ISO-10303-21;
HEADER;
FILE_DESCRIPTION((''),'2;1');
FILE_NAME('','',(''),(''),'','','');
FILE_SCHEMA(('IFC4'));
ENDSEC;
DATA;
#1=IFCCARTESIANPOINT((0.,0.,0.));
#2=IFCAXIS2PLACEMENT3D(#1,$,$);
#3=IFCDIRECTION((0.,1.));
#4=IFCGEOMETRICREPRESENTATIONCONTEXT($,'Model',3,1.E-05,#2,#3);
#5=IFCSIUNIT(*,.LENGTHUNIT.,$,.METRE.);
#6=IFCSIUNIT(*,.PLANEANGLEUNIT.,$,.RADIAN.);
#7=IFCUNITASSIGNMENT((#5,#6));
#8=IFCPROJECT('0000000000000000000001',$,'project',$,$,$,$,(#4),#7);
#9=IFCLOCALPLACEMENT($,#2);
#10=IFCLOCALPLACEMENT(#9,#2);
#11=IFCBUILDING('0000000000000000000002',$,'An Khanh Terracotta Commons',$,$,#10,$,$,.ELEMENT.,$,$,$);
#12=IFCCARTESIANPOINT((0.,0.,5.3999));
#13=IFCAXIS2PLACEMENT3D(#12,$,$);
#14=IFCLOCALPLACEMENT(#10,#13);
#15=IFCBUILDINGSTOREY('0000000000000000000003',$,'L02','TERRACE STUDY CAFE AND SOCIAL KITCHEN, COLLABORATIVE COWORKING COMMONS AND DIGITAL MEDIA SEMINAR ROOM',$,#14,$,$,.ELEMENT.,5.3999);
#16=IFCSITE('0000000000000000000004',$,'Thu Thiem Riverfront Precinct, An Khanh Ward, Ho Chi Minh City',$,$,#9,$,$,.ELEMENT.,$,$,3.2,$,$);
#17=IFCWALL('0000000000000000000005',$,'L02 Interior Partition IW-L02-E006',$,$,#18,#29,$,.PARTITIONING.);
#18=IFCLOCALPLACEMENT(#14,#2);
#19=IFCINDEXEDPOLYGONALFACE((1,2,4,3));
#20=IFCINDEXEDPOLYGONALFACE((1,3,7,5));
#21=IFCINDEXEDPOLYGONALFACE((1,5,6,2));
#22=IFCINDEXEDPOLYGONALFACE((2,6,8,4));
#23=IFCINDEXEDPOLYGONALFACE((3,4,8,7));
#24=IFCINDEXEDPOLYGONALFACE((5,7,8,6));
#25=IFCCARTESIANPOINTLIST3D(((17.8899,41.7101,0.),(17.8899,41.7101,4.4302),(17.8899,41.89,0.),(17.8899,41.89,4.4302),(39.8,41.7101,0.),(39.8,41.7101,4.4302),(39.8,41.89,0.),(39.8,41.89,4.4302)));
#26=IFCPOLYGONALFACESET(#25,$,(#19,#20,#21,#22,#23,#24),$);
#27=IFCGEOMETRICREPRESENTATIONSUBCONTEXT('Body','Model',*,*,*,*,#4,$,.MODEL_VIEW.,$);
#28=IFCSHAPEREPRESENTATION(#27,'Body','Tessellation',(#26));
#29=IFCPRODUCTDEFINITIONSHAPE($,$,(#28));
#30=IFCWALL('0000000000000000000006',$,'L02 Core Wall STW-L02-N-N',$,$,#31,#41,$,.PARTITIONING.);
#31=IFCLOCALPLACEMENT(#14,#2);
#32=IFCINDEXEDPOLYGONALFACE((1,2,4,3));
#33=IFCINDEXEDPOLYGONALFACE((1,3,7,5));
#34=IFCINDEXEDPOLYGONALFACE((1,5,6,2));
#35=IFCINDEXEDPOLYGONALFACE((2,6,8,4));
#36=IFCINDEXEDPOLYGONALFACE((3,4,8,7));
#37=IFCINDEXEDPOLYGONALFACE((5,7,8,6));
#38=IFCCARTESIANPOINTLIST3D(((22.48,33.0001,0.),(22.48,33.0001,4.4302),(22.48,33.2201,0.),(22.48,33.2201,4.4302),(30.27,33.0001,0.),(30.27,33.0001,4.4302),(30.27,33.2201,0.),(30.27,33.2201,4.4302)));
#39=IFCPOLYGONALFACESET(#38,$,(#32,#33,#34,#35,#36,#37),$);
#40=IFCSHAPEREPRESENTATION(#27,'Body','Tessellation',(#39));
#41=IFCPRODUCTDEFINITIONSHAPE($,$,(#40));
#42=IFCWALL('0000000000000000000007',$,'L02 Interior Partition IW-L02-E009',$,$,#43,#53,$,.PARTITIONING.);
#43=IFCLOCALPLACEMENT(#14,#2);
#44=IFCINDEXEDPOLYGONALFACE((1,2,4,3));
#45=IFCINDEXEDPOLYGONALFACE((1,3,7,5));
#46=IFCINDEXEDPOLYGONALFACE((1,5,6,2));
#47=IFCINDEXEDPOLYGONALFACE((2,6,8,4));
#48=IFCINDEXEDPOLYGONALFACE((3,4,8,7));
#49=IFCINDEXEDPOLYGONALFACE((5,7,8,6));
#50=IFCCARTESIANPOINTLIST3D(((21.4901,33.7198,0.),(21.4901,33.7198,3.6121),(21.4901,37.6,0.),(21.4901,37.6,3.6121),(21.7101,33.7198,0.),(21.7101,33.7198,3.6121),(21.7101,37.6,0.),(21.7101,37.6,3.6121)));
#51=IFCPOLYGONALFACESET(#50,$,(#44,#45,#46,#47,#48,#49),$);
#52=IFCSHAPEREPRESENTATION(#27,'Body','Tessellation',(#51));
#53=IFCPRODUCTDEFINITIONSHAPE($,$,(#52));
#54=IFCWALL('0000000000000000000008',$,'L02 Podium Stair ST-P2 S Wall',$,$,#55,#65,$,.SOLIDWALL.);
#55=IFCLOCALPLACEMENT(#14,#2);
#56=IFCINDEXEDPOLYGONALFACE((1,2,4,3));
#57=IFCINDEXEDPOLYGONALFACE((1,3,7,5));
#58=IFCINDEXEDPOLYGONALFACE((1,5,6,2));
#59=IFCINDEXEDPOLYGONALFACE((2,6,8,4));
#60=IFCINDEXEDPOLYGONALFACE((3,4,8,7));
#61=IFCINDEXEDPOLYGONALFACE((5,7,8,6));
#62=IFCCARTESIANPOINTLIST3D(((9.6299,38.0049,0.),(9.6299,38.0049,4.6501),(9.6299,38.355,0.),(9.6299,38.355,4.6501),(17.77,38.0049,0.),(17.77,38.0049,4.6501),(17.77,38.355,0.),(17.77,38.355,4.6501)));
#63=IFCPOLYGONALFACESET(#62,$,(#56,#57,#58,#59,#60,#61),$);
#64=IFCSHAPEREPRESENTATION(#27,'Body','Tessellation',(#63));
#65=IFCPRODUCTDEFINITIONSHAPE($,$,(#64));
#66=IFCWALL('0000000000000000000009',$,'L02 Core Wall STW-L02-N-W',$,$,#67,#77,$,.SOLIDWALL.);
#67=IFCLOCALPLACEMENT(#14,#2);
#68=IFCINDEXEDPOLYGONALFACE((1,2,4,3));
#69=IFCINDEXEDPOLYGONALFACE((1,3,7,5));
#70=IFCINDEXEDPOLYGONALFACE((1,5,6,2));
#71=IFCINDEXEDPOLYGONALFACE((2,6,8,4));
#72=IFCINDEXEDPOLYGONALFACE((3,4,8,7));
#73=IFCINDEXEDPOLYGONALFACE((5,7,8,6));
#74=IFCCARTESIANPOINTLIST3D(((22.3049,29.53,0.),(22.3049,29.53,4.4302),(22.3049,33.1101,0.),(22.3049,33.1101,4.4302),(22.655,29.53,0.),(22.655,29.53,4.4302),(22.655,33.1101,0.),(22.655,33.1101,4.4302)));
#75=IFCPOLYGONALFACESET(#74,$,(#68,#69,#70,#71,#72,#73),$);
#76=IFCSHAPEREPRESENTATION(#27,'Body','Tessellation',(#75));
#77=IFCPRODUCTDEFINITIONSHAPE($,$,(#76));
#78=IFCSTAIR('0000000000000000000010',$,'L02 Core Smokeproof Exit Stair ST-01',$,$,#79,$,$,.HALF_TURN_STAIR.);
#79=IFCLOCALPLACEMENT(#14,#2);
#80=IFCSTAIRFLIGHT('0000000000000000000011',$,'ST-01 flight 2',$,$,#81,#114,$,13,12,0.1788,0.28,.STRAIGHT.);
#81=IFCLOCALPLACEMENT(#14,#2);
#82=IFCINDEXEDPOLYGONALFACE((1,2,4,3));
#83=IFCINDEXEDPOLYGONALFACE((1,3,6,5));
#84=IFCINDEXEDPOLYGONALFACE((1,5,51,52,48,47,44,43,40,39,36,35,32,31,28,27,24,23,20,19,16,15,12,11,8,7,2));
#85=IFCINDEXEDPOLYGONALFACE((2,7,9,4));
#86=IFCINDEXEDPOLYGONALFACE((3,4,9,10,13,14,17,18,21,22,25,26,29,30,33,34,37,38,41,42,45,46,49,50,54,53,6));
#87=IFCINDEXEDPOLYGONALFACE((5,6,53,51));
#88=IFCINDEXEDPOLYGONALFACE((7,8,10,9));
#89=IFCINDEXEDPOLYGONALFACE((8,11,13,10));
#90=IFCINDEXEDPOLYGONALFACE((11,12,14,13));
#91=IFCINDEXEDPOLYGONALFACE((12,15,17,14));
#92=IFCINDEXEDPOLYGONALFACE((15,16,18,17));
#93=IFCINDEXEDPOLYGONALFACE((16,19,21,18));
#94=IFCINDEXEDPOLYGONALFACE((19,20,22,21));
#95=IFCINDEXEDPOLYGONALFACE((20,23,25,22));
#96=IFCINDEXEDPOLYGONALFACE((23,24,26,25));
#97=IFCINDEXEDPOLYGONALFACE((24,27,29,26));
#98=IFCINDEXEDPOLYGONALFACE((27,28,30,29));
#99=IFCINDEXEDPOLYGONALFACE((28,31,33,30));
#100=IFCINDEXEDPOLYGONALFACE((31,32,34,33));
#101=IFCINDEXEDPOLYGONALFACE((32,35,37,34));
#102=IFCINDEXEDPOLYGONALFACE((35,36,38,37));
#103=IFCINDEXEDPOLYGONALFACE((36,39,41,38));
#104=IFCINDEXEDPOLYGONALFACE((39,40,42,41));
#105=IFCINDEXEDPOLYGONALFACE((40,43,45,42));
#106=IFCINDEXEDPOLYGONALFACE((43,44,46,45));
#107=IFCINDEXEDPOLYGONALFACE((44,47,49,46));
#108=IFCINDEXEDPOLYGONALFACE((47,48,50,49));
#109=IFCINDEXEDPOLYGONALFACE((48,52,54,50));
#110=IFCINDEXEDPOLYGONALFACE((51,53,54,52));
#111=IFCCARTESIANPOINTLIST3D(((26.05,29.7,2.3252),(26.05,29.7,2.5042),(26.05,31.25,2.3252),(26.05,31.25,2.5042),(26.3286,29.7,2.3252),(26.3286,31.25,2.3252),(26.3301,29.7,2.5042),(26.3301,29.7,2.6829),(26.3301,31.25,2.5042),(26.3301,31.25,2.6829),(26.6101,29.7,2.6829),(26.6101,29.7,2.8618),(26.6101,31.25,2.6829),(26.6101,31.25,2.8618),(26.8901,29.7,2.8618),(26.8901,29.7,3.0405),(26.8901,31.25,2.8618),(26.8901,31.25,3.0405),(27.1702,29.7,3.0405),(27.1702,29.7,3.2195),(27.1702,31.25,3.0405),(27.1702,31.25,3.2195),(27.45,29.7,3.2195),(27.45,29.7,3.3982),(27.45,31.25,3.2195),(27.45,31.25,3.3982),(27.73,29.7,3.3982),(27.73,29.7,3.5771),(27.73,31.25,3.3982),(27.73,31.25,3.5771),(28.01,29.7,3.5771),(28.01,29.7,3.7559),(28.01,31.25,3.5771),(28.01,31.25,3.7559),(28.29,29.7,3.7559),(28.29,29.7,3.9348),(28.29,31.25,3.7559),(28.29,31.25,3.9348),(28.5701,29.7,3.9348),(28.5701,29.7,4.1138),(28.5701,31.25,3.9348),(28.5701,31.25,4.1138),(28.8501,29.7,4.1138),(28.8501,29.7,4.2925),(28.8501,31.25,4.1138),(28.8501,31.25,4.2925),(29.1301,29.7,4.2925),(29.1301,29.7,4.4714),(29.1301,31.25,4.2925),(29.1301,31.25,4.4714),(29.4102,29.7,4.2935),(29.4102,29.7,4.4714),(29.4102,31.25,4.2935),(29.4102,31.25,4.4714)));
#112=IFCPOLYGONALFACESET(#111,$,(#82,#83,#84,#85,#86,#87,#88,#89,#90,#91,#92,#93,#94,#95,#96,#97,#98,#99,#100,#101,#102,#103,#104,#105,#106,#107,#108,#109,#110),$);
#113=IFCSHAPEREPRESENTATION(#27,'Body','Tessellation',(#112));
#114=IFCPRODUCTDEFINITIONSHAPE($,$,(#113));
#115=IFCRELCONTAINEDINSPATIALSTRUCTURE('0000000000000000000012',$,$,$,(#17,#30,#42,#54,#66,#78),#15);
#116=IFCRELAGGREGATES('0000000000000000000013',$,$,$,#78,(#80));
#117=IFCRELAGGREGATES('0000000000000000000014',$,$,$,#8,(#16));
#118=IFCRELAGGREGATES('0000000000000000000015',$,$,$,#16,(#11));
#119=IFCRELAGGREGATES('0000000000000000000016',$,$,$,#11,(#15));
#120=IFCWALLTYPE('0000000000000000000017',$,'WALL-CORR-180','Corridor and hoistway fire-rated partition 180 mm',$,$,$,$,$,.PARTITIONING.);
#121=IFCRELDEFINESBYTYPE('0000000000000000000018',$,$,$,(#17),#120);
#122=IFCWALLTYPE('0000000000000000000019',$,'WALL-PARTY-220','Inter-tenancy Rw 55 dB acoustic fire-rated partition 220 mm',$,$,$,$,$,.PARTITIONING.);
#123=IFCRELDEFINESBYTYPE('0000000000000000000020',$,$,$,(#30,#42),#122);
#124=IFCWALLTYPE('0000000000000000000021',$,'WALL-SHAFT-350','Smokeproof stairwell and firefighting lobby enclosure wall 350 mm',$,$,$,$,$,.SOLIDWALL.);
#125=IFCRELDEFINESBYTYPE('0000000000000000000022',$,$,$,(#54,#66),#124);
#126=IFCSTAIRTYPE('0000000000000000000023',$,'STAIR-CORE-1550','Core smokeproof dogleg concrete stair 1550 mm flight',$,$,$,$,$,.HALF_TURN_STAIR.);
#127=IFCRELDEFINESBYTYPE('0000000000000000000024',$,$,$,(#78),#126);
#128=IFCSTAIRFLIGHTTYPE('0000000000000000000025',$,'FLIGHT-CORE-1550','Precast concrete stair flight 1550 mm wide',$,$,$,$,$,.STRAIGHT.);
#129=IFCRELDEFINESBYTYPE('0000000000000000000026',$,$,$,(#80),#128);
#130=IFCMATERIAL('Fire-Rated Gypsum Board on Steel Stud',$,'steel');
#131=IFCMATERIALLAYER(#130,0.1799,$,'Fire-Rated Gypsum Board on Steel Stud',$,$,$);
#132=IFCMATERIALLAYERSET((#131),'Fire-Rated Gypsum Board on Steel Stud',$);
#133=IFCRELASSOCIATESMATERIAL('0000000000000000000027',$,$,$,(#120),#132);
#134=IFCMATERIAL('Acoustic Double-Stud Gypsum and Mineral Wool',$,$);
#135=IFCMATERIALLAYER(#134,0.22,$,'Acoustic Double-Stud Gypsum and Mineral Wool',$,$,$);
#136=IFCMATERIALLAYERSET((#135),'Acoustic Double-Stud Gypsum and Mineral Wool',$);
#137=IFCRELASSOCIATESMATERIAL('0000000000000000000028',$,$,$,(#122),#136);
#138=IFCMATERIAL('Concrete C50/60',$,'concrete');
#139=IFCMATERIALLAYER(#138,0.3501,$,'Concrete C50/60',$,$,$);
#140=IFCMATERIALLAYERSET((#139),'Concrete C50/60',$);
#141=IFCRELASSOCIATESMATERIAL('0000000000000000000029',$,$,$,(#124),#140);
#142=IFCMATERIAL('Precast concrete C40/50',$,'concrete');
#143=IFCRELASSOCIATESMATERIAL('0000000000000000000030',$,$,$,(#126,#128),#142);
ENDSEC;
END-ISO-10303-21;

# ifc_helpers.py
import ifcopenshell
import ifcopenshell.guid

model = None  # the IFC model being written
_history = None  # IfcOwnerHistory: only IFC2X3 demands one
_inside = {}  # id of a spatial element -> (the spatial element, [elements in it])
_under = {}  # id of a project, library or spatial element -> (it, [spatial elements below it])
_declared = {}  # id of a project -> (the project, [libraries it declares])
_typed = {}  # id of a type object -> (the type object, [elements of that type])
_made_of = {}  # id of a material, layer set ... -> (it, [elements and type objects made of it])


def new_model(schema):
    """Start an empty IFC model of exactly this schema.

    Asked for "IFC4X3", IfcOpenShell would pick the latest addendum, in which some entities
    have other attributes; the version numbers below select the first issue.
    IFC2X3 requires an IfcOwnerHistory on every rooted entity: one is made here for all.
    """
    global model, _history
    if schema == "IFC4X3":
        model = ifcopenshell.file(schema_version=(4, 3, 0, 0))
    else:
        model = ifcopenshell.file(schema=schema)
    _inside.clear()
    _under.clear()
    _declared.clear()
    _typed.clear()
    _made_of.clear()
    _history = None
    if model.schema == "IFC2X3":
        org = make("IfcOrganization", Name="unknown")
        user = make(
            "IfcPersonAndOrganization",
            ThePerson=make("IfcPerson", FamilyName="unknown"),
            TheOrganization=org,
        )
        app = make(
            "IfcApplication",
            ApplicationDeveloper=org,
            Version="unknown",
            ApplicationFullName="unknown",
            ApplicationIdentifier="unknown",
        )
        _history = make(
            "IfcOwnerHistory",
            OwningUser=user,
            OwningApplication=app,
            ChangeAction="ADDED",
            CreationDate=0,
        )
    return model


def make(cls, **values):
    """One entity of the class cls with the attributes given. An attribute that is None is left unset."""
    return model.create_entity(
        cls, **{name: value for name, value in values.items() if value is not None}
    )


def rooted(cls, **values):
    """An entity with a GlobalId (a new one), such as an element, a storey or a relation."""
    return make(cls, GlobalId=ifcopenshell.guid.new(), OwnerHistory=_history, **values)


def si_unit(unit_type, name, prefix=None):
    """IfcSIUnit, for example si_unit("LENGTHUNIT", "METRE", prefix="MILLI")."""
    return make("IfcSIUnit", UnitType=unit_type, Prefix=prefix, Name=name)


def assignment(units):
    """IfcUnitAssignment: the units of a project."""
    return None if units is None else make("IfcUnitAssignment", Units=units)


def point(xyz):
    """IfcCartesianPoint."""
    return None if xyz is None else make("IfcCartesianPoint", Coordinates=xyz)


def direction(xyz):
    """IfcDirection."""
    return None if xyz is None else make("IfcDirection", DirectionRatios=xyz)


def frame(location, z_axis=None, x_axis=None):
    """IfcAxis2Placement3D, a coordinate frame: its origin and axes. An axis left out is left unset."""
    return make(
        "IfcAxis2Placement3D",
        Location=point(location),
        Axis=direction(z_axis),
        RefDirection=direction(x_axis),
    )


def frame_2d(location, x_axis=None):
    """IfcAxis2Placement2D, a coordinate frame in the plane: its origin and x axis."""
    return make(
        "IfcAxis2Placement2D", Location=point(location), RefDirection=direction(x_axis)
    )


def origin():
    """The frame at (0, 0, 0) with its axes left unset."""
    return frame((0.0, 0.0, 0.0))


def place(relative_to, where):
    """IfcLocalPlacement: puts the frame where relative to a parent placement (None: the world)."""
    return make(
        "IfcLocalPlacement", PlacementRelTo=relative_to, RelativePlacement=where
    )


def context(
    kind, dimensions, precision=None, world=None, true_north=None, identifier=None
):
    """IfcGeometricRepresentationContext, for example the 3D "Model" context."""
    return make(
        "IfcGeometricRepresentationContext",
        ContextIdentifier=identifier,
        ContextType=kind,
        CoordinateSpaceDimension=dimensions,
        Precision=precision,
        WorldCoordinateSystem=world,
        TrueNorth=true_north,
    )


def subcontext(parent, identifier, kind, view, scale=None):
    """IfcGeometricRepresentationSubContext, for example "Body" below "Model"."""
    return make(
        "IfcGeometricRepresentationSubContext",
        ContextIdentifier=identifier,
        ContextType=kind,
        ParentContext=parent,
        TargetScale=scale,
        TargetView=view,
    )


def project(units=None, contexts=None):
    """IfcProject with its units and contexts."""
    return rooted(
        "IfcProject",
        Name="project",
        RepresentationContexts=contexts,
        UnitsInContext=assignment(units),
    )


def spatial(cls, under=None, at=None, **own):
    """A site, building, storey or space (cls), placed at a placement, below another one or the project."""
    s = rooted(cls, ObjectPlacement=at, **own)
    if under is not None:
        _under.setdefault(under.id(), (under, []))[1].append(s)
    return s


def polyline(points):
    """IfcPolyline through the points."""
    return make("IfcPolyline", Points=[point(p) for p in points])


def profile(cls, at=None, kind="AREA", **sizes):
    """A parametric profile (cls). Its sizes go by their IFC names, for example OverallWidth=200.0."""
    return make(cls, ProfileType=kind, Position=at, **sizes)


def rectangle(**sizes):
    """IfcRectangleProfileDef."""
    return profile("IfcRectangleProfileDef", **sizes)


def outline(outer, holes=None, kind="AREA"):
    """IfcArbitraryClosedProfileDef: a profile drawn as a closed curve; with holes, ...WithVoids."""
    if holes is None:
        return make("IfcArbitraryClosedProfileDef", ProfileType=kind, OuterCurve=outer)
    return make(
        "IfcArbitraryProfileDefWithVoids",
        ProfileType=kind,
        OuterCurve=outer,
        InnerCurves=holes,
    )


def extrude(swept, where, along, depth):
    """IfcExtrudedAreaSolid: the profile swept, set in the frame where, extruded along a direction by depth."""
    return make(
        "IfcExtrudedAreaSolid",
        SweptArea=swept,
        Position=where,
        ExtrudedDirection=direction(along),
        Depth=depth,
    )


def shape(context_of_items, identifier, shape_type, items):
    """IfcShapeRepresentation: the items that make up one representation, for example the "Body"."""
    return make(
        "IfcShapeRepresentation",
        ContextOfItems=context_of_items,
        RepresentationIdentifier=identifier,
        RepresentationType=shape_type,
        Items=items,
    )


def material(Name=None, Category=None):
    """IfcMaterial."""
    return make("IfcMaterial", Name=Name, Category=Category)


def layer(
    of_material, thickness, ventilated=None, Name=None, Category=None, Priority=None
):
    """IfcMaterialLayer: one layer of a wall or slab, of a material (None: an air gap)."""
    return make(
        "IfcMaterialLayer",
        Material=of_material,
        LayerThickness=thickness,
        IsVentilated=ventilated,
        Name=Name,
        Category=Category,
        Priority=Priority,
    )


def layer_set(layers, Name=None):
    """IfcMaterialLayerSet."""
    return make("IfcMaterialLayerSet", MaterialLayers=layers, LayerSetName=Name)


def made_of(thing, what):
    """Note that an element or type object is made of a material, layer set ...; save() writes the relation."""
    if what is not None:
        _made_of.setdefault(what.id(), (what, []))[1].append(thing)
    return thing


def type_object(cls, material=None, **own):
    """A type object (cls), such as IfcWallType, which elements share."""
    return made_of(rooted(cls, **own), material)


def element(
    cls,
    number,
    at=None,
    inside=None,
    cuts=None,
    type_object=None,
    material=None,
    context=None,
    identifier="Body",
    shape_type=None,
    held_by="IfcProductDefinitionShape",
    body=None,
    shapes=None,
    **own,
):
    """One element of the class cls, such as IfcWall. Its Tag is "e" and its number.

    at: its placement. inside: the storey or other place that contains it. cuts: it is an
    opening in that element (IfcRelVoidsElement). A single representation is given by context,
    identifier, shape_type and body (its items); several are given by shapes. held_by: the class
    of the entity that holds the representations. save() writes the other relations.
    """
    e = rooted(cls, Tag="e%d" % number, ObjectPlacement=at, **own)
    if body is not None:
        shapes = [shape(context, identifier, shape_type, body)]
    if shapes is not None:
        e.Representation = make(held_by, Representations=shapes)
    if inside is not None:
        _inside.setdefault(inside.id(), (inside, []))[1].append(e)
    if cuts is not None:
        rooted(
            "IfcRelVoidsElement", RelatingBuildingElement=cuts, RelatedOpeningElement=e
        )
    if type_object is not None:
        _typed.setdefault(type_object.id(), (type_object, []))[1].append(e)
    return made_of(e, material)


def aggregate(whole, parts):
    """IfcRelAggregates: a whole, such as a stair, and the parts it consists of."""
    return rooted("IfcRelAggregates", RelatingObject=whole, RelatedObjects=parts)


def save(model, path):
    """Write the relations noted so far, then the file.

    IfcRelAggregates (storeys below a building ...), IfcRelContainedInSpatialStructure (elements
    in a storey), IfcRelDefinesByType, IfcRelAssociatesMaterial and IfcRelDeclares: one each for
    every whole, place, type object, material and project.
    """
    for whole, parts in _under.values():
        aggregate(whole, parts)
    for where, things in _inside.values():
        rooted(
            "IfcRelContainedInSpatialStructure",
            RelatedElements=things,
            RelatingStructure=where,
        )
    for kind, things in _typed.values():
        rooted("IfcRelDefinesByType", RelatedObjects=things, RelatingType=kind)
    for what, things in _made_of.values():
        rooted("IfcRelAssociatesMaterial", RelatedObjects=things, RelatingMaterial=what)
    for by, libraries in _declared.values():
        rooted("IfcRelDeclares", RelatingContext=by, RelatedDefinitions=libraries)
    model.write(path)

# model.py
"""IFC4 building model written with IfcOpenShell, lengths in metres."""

from ifc_helpers import new_model, si_unit, direction, frame, frame_2d, origin, place, context, subcontext, project, spatial, polyline, rectangle, outline, extrude, material, layer, layer_set, type_object, element, aggregate, save


model = new_model("IFC4")

# Units and contexts
model_context = context("Model", 3, precision=1e-05, world=origin(), true_north=direction((0.0, 1.0)))
body_context = subcontext(model_context, "Body", "Model", "MODEL_VIEW")
ifc_project = project(units=[si_unit("LENGTHUNIT", "METRE"), si_unit("PLANEANGLEUNIT", "RADIAN")], contexts=[model_context])

# Site, building, storey
site_placement = place(None, origin())
site = spatial("IfcSite", under=ifc_project, at=site_placement, Name="Thu Thiem Riverfront Precinct, An Khanh Ward, Ho Chi Minh City", CompositionType="ELEMENT", RefElevation=3.2)
building_placement = place(site_placement, origin())
building = spatial("IfcBuilding", under=site, at=building_placement, Name="An Khanh Terracotta Commons", CompositionType="ELEMENT")
storey_placement = place(building_placement, frame((0.0, 0.0, 5.3999)))
storey = spatial("IfcBuildingStorey", under=building, at=storey_placement, Name="L02", Description="TERRACE STUDY CAFE AND SOCIAL KITCHEN, COLLABORATIVE COWORKING COMMONS AND DIGITAL MEDIA SEMINAR ROOM", CompositionType="ELEMENT", Elevation=5.3999)

# Shared definitions
ifc_material_1 = material(Name="Concrete C50/60", Category="concrete")

# Shared definitions
ifc_material_2 = material(Name="Fire-Rated Gypsum Board on Steel Stud", Category="steel")
ifc_layer_1 = layer(ifc_material_2, 0.1799, Name="Fire-Rated Gypsum Board on Steel Stud")
ifc_layer_set_1 = layer_set([ifc_layer_1], Name="Fire-Rated Gypsum Board on Steel Stud")
wall_type_1 = type_object("IfcWallType", Name="WALL-CORR-180", Description="Corridor and hoistway fire-rated partition 180 mm", PredefinedType="PARTITIONING", material=ifc_layer_set_1)

# Walls
wall_1_placement = place(storey_placement, frame((17.8899, 41.8, 0.0), z_axis=(0.0, 0.0, 1.0), x_axis=(1.0, 0.0, 0.0)))
element("IfcWall", 1, at=wall_1_placement, inside=storey, type_object=wall_type_1, Name="L02 Interior Partition IW-L02-E006", PredefinedType="PARTITIONING", context=body_context, shape_type="SweptSolid", body=[
    extrude(rectangle(XDim=21.9102, YDim=0.1799, at=frame_2d((10.9551, 0.0))), origin(), (0.0, 0.0, 1.0), 4.4302),
])
ifc_material_3 = material(Name="Acoustic Double-Stud Gypsum and Mineral Wool")
ifc_layer_2 = layer(ifc_material_3, 0.22, Name="Acoustic Double-Stud Gypsum and Mineral Wool")
ifc_layer_set_2 = layer_set([ifc_layer_2], Name="Acoustic Double-Stud Gypsum and Mineral Wool")
wall_type_2 = type_object("IfcWallType", Name="WALL-PARTY-220", Description="Inter-tenancy Rw 55 dB acoustic fire-rated partition 220 mm", PredefinedType="PARTITIONING", material=ifc_layer_set_2)
wall_2_placement = place(storey_placement, frame((22.48, 33.1101, 0.0), z_axis=(0.0, 0.0, 1.0), x_axis=(1.0, 0.0, 0.0)))
element("IfcWall", 2, at=wall_2_placement, inside=storey, type_object=wall_type_2, Name="L02 Core Wall STW-L02-N-N", PredefinedType="PARTITIONING", context=body_context, shape_type="SweptSolid", body=[
    extrude(rectangle(XDim=7.79, YDim=0.22, at=frame_2d((3.895, 0.0))), origin(), (0.0, 0.0, 1.0), 4.4302),
])
wall_3_placement = place(storey_placement, frame((21.6001, 33.72, 0.0), z_axis=(0.0, 0.0, 1.0), x_axis=(0.0, 1.0, 0.0)))
element("IfcWall", 3, at=wall_3_placement, inside=storey, type_object=wall_type_2, Name="L02 Interior Partition IW-L02-E009", PredefinedType="PARTITIONING", context=body_context, shape_type="SweptSolid", body=[
    extrude(rectangle(XDim=3.8801, YDim=0.22, at=frame_2d((1.9399, 0.0))), origin(), (0.0, 0.0, 1.0), 3.6121),
])
ifc_layer_3 = layer(ifc_material_1, 0.3501, Name="Concrete C50/60")
ifc_layer_set_3 = layer_set([ifc_layer_3], Name="Concrete C50/60")
wall_type_3 = type_object("IfcWallType", Name="WALL-SHAFT-350", Description="Smokeproof stairwell and firefighting lobby enclosure wall 350 mm", PredefinedType="SOLIDWALL", material=ifc_layer_set_3)
wall_4_placement = place(storey_placement, frame((17.77, 38.1799, 0.0), z_axis=(0.0, 0.0, 1.0), x_axis=(-1.0, 0.0, 0.0)))
element("IfcWall", 4, at=wall_4_placement, inside=storey, type_object=wall_type_3, Name="L02 Podium Stair ST-P2 S Wall", PredefinedType="SOLIDWALL", context=body_context, shape_type="SweptSolid", body=[
    extrude(rectangle(XDim=8.1401, YDim=0.3501, at=frame_2d((4.0701, 0.0))), origin(), (0.0, 0.0, 1.0), 4.6501),
])

# Wall
wall_5_placement = place(storey_placement, frame((22.48, 29.53, 0.0), z_axis=(0.0, 0.0, 1.0), x_axis=(0.0, 1.0, 0.0)))
element("IfcWall", 5, at=wall_5_placement, inside=storey, type_object=wall_type_3, Name="L02 Core Wall STW-L02-N-W", PredefinedType="SOLIDWALL", context=body_context, shape_type="SweptSolid", body=[
    extrude(rectangle(XDim=3.5801, YDim=0.3501, at=frame_2d((1.79, 0.0))), origin(), (0.0, 0.0, 1.0), 4.4302),
])

# Stair, stair flight
ifc_material_4 = material(Name="Precast concrete C40/50", Category="concrete")
stair_type = type_object("IfcStairType", Name="STAIR-CORE-1550", Description="Core smokeproof dogleg concrete stair 1550 mm flight", PredefinedType="HALF_TURN_STAIR", material=ifc_material_4)
stair_placement = place(storey_placement, origin())
stair = element("IfcStair", 6, at=stair_placement, inside=storey, type_object=stair_type, Name="L02 Core Smokeproof Exit Stair ST-01", PredefinedType="HALF_TURN_STAIR")
stair_flight_type = type_object("IfcStairFlightType", Name="FLIGHT-CORE-1550", Description="Precast concrete stair flight 1550 mm wide", PredefinedType="STRAIGHT", material=ifc_material_4)
stair_flight_placement = place(storey_placement, frame((26.05, 30.4751, 2.3252), z_axis=(0.0, 0.0, 1.0), x_axis=(1.0, 0.0, 0.0)))
stair_flight = element("IfcStairFlight", 7, at=stair_flight_placement, type_object=stair_flight_type, Name="ST-01 flight 2", NumberOfRisers=13, NumberOfTreads=12, PredefinedType="STRAIGHT", RiserHeight=0.1788, TreadLength=0.28, context=body_context, shape_type="SweptSolid", body=[
    extrude(outline(polyline([(0.0, 0.0), (0.0, 0.179), (0.28, 0.179), (0.28, 0.3577), (0.5601, 0.3577), (0.5601, 0.5366), (0.8401, 0.5366), (0.8401, 0.7153), (1.1201, 0.7153), (1.1201, 0.8943), (1.3999, 0.8943), (1.3999, 1.073), (1.6799, 1.073), (1.6799, 1.252), (1.96, 1.252), (1.96, 1.4307), (2.24, 1.4307), (2.24, 1.6096), (2.52, 1.6096), (2.52, 1.7886), (2.8, 1.7886), (2.8, 1.9673), (3.0801, 1.9673), (3.0801, 2.1462), (3.3601, 2.1462), (3.3601, 2.325), (3.3601, 1.9683), (0.2786, 0.0), (0.0, 0.0)])), frame((0.0, 0.7749, 0.0), z_axis=(0.0, -1.0, 0.0), x_axis=(1.0, 0.0, 0.0)), (0.0, 0.0, 1.0), 1.55),
])
aggregate(stair, [stair_flight])

save(model, "model.ifc")
